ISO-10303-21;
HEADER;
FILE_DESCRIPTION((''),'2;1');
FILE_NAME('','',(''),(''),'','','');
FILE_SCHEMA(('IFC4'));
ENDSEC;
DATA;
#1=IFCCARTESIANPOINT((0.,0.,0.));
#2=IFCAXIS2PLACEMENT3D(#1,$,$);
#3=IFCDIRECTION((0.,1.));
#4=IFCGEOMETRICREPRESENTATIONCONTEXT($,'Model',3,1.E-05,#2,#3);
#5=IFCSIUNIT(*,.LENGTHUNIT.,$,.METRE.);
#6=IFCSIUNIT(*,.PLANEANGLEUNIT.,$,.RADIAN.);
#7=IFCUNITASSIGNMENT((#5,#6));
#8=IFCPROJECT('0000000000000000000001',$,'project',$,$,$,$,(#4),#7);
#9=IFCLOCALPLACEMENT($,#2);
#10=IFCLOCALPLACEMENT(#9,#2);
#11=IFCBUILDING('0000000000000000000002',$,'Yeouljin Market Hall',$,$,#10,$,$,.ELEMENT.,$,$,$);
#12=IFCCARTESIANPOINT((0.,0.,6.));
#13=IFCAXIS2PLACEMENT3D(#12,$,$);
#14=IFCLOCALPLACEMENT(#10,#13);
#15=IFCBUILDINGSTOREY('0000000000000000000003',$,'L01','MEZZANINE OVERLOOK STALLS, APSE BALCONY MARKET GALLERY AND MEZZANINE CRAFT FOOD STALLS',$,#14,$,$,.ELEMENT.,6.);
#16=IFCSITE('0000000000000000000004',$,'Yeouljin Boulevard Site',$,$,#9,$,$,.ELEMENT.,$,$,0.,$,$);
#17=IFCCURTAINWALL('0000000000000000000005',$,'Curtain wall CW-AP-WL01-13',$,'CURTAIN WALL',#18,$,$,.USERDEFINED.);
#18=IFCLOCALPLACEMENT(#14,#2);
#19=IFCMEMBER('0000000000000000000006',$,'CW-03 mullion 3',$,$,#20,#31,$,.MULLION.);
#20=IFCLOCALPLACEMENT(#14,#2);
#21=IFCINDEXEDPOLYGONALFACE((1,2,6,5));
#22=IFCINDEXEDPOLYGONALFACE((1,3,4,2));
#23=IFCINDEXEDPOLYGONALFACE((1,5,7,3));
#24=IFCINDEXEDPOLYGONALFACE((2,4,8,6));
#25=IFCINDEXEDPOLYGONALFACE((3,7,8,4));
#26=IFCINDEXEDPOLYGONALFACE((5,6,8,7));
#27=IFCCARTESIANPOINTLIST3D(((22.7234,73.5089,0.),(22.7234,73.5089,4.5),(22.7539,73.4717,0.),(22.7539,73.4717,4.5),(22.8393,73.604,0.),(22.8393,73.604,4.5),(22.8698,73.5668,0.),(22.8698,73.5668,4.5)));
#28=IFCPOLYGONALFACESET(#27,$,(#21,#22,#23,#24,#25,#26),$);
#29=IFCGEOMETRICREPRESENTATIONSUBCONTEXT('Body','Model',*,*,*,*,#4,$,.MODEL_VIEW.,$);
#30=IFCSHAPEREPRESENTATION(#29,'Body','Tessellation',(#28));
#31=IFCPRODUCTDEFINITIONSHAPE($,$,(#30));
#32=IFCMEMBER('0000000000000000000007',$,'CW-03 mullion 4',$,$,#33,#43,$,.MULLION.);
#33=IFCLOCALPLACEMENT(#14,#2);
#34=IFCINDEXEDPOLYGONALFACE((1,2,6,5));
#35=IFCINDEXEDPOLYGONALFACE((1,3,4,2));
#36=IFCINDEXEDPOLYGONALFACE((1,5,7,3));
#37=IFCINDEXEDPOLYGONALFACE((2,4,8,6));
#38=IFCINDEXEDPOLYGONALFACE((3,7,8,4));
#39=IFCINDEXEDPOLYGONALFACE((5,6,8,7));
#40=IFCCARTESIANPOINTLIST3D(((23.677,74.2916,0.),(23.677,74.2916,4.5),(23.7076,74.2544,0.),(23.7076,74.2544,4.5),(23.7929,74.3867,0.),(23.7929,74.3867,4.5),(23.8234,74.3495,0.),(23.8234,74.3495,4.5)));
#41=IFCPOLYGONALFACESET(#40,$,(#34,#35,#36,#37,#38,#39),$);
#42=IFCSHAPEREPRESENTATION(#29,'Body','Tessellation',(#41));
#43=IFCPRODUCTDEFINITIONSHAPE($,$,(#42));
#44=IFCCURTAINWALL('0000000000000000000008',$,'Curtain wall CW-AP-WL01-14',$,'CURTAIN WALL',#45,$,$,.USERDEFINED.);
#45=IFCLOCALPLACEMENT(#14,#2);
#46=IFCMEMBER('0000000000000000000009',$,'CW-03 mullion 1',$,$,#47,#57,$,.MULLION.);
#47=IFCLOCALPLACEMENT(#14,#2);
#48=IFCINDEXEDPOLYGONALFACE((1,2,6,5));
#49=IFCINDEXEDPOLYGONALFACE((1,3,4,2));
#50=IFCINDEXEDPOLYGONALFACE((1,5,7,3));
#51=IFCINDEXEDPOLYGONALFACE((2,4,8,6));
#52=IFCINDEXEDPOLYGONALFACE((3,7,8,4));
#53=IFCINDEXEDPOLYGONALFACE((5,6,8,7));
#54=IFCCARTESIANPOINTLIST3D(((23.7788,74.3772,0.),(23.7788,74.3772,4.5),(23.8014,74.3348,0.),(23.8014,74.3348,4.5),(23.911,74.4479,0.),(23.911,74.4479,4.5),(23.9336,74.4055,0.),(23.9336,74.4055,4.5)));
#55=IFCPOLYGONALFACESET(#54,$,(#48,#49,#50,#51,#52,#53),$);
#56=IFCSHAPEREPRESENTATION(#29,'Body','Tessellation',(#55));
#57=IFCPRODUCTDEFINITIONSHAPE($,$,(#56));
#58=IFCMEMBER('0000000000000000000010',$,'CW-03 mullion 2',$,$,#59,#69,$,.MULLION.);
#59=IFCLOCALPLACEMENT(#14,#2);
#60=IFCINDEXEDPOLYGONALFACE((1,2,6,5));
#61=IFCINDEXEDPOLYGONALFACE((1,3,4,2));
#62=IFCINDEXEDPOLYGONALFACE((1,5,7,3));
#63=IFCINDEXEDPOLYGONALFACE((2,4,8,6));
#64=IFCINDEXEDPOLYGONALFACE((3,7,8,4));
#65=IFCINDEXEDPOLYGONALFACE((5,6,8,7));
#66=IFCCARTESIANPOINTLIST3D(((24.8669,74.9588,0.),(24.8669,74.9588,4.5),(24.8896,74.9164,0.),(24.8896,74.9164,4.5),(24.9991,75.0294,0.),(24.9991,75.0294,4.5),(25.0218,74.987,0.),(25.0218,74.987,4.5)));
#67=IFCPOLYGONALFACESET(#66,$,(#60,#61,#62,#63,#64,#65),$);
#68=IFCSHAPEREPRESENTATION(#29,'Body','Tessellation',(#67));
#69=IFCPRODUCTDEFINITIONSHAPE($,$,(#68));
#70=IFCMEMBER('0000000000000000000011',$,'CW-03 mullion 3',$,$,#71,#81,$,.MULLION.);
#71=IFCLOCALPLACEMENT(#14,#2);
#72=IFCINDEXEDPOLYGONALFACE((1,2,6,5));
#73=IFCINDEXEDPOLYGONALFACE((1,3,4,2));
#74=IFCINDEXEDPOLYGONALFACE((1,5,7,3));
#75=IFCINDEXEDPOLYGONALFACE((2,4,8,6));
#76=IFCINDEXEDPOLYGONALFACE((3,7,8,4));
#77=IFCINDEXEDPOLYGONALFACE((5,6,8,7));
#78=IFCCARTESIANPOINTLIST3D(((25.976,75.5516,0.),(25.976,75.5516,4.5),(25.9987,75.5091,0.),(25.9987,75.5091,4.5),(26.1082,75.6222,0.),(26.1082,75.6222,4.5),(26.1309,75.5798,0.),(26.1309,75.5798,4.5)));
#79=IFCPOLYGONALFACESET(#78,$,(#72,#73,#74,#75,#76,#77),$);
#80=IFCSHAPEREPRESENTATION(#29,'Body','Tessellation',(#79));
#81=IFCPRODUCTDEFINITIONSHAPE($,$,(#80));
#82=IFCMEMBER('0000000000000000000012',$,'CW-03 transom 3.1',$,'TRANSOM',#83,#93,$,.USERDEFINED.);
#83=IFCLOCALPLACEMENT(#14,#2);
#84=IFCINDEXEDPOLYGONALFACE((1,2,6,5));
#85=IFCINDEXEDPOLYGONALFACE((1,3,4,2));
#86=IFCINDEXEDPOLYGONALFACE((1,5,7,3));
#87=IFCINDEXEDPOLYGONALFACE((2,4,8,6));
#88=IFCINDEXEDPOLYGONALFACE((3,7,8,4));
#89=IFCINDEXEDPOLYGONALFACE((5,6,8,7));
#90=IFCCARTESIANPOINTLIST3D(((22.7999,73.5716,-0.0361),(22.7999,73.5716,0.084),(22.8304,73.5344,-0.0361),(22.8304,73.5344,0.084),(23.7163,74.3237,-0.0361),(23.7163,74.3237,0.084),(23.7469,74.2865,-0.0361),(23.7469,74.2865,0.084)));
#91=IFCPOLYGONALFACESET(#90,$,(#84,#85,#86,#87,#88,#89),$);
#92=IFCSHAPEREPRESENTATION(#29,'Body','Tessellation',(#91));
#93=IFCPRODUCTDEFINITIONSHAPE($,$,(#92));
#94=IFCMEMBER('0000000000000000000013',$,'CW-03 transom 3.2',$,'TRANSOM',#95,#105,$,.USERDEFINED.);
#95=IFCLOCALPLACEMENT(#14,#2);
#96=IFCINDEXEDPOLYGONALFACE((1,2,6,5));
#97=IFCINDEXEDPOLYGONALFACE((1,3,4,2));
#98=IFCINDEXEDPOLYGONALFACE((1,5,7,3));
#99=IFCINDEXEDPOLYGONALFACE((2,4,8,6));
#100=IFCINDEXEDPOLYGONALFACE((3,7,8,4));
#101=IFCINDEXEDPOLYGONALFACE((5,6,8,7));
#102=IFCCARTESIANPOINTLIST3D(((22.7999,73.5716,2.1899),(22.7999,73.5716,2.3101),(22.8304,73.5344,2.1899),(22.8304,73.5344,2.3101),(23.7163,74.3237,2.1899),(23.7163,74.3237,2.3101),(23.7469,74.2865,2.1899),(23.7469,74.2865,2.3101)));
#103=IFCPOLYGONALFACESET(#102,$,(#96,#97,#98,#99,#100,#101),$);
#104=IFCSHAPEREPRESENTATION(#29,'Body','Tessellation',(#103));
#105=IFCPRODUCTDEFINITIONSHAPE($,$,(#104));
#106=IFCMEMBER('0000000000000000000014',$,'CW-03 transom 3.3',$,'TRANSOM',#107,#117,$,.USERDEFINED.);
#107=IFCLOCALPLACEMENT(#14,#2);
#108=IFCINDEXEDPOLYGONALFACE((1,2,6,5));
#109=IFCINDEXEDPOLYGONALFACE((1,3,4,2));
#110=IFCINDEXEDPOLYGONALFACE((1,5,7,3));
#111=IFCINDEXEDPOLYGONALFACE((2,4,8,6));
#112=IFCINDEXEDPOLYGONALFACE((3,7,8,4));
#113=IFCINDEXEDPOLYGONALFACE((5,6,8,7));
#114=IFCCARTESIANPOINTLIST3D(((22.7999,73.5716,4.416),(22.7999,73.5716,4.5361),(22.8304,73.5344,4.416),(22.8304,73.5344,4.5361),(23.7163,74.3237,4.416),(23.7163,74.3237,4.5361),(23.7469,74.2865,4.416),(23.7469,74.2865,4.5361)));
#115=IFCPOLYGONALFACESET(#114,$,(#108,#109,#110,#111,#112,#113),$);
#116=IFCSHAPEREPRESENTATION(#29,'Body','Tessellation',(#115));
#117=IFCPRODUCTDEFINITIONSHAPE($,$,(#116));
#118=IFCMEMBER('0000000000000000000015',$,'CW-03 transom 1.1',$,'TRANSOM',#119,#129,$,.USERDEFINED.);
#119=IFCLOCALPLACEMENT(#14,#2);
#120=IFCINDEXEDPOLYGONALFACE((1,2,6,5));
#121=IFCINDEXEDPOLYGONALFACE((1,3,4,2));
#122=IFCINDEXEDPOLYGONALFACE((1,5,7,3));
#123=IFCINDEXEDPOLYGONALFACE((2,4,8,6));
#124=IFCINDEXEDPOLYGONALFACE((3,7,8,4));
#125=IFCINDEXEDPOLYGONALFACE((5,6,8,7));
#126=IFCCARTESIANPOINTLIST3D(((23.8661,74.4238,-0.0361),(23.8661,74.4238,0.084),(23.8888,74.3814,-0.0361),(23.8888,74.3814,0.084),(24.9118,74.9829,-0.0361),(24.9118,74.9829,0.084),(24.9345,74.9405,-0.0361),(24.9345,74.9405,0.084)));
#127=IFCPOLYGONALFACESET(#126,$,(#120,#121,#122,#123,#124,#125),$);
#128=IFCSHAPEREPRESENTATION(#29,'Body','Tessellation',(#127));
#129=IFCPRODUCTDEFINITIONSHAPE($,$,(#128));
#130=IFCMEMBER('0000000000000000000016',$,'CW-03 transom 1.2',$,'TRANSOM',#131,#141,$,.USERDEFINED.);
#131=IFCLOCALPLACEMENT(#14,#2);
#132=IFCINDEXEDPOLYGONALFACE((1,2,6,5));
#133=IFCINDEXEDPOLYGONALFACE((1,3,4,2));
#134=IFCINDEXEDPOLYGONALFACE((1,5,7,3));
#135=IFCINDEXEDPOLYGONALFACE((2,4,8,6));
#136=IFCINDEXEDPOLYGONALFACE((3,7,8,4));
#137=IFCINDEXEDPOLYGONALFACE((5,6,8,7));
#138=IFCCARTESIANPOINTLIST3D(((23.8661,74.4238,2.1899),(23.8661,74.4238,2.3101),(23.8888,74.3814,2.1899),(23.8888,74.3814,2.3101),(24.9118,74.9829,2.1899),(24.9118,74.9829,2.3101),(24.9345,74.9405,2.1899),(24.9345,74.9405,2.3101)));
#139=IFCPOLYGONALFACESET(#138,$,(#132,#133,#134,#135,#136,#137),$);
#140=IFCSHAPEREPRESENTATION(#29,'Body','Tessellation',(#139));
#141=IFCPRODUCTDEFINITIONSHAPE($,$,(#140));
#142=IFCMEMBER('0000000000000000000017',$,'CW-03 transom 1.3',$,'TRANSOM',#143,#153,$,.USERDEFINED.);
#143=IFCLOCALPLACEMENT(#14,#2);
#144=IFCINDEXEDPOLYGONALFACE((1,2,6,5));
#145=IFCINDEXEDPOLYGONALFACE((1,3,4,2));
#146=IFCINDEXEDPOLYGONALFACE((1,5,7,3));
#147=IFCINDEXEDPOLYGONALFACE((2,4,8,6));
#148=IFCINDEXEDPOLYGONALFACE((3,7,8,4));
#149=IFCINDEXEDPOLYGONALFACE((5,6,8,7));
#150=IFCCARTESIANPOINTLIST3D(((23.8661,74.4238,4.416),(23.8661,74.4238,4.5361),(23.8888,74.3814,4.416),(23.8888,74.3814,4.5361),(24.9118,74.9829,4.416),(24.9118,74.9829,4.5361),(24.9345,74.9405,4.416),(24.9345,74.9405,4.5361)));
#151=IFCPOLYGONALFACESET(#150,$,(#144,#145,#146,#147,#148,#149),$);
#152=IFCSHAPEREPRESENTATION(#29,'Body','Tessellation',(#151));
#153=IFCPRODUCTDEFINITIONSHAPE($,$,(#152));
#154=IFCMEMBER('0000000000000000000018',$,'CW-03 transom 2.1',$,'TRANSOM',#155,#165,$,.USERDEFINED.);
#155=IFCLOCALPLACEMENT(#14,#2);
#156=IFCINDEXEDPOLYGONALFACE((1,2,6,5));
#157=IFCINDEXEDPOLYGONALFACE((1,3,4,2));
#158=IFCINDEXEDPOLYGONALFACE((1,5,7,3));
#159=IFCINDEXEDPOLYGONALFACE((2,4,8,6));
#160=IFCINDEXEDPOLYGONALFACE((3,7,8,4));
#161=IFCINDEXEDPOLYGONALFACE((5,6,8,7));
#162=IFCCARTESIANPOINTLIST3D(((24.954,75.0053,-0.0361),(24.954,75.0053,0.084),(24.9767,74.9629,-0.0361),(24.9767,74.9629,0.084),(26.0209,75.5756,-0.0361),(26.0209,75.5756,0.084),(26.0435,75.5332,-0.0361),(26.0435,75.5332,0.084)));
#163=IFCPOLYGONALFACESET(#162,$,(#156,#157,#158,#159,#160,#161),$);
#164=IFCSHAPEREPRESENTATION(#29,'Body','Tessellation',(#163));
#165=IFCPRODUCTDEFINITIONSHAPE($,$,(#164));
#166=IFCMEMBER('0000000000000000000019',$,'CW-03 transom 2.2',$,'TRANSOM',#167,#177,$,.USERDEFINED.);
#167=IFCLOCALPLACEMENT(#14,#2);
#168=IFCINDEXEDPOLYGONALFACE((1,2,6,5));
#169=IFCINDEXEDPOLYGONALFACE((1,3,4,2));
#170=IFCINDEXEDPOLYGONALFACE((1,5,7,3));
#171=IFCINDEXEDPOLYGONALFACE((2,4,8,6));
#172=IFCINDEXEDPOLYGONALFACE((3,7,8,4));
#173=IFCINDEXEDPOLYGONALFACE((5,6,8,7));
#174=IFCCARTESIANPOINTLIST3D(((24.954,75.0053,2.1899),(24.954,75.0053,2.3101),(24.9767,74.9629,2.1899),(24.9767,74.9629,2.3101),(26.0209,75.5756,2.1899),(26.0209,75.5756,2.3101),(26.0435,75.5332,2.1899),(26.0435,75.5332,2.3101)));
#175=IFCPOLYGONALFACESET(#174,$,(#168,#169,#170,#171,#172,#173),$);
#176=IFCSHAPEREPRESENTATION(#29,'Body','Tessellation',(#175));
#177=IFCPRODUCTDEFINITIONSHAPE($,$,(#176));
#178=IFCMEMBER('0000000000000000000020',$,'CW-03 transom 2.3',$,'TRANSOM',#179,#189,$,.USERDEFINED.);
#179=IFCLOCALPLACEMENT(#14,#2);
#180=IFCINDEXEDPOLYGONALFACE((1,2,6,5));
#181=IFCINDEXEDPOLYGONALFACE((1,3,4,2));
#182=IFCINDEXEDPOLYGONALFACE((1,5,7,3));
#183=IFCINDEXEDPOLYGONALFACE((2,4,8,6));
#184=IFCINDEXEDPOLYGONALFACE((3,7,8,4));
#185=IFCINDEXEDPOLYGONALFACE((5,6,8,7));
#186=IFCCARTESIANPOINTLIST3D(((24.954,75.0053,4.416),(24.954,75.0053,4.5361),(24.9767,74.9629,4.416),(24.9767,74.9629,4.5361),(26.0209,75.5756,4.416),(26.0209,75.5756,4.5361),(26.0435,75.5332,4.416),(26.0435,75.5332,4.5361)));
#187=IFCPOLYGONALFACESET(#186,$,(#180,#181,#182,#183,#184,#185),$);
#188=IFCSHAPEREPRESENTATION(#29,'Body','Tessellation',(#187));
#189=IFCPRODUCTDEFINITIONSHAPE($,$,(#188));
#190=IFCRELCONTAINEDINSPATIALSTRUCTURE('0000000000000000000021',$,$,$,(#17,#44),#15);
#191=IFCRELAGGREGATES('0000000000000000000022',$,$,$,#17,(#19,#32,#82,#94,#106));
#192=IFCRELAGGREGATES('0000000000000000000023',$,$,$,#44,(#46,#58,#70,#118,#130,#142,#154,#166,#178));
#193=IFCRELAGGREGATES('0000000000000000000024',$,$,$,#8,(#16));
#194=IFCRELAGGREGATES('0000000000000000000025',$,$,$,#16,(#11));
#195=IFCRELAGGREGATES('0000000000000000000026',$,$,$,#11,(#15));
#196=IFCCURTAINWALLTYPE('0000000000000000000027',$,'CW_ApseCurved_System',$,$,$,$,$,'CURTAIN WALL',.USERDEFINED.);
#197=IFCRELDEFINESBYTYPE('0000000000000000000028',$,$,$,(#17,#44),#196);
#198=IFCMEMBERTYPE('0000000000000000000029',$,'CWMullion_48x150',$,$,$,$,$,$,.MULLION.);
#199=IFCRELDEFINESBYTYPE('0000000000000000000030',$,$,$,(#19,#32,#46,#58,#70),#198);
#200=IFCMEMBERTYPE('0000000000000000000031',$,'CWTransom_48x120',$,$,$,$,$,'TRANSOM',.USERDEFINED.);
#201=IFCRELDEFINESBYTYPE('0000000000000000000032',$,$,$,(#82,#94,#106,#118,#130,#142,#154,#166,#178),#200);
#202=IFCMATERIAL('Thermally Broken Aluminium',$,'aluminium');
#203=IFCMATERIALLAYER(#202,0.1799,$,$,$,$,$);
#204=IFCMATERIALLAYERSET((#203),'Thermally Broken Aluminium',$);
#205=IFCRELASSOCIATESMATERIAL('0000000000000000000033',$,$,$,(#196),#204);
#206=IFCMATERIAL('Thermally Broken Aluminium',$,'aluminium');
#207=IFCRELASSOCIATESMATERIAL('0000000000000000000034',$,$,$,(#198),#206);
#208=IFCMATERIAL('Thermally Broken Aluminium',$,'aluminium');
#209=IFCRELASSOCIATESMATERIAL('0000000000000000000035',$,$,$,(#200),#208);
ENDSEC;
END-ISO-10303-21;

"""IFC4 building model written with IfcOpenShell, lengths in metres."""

from ifc_helpers import new_model, si_unit, direction, frame, origin, origin_2d, place, context, subcontext, project, spatial, rectangle, extrude, material, layer, layer_set, material_profile, profile_set, type_object, element, aggregate, save


model = new_model("IFC4")

# Units and contexts
model_context = context("Model", 3, precision=1e-05, world=origin(), true_north=direction((0.0, 1.0)))
body_context = subcontext(model_context, "Body", "Model", "MODEL_VIEW")
ifc_project = project(units=[si_unit("LENGTHUNIT", "METRE"), si_unit("PLANEANGLEUNIT", "RADIAN")], contexts=[model_context])

# Site, building, storey
site_placement = place(None, origin())
site = spatial("IfcSite", under=ifc_project, at=site_placement, Name="Yeouljin Boulevard Site", CompositionType="ELEMENT", RefElevation=0.0)
building_placement = place(site_placement, origin())
building = spatial("IfcBuilding", under=site, at=building_placement, Name="Yeouljin Market Hall", CompositionType="ELEMENT")
storey_placement = place(building_placement, frame((0.0, 0.0, 6.0)))
storey = spatial("IfcBuildingStorey", under=building, at=storey_placement, Name="L01", Description="MEZZANINE OVERLOOK STALLS, APSE BALCONY MARKET GALLERY AND MEZZANINE CRAFT FOOD STALLS", CompositionType="ELEMENT", Elevation=6.0)

# Curtain walls, members
ifc_material_1 = material(Name="Thermally Broken Aluminium", Category="aluminium")
ifc_layer_1 = layer(ifc_material_1, 0.1799)
ifc_layer_set_1 = layer_set([ifc_layer_1], Name="Thermally Broken Aluminium")
curtain_wall_type = type_object("IfcCurtainWallType", Name="CW_ApseCurved_System", ElementType="CURTAIN WALL", PredefinedType="USERDEFINED", material=ifc_layer_set_1)
curtain_wall_1_placement = place(storey_placement, origin())
curtain_wall_1 = element("IfcCurtainWall", 1, at=curtain_wall_1_placement, inside=storey, type_object=curtain_wall_type, Name="Curtain wall CW-AP-WL01-13", ObjectType="CURTAIN WALL", PredefinedType="USERDEFINED")
ifc_material_2 = material(Name="Thermally Broken Aluminium", Category="aluminium")
ifc_material_profile_1 = material_profile(ifc_material_2, rectangle(XDim=0.0481, YDim=0.1499, at=origin_2d()), Name="CW-MULL-48x150")
ifc_profile_set_1 = profile_set([ifc_material_profile_1], Name="Thermally Broken Aluminium")
member_type_1 = type_object("IfcMemberType", Name="CWMullion_48x150", PredefinedType="MULLION", material=ifc_profile_set_1)
member_1_placement = place(storey_placement, frame((22.7966, 73.5378, 0.0), z_axis=(0.0, 0.0, 1.0), x_axis=(-0.634384, 0.773018, 0.0)))
member_1 = element("IfcMember", 2, at=member_1_placement, type_object=member_type_1, Name="CW-03 mullion 3", PredefinedType="MULLION", context=body_context, shape_type="SweptSolid", body=[
    extrude(rectangle(XDim=0.0481, YDim=0.1499, at=origin_2d()), origin(), (0.0, 0.0, 1.0), 4.5),
])
member_2_placement = place(storey_placement, frame((23.7502, 74.3206, 0.0), z_axis=(0.0, 0.0, 1.0), x_axis=(-0.634384, 0.773018, 0.0)))
member_2 = element("IfcMember", 3, at=member_2_placement, type_object=member_type_1, Name="CW-03 mullion 4", PredefinedType="MULLION", context=body_context, shape_type="SweptSolid", body=[
    extrude(rectangle(XDim=0.0481, YDim=0.1499, at=origin_2d()), origin(), (0.0, 0.0, 1.0), 4.5),
])
curtain_wall_2_placement = place(storey_placement, origin())
curtain_wall_2 = element("IfcCurtainWall", 4, at=curtain_wall_2_placement, inside=storey, type_object=curtain_wall_type, Name="Curtain wall CW-AP-WL01-14", ObjectType="CURTAIN WALL", PredefinedType="USERDEFINED")
member_3_placement = place(storey_placement, frame((23.8562, 74.3914, 0.0), z_axis=(0.0, 0.0, 1.0), x_axis=(-0.471378, 0.881931, 0.0)))
member_3 = element("IfcMember", 5, at=member_3_placement, type_object=member_type_1, Name="CW-03 mullion 1", PredefinedType="MULLION", context=body_context, shape_type="SweptSolid", body=[
    extrude(rectangle(XDim=0.0481, YDim=0.1499, at=origin_2d()), origin(), (0.0, 0.0, 1.0), 4.5),
])
member_4_placement = place(storey_placement, frame((24.9443, 74.9729, 0.0), z_axis=(0.0, 0.0, 1.0), x_axis=(-0.471378, 0.881931, 0.0)))
member_4 = element("IfcMember", 6, at=member_4_placement, type_object=member_type_1, Name="CW-03 mullion 2", PredefinedType="MULLION", context=body_context, shape_type="SweptSolid", body=[
    extrude(rectangle(XDim=0.0481, YDim=0.1499, at=origin_2d()), origin(), (0.0, 0.0, 1.0), 4.5),
])
member_5_placement = place(storey_placement, frame((26.0535, 75.5657, 0.0), z_axis=(0.0, 0.0, 1.0), x_axis=(-0.471378, 0.881931, 0.0)))
member_5 = element("IfcMember", 7, at=member_5_placement, type_object=member_type_1, Name="CW-03 mullion 3", PredefinedType="MULLION", context=body_context, shape_type="SweptSolid", body=[
    extrude(rectangle(XDim=0.0481, YDim=0.1499, at=origin_2d()), origin(), (0.0, 0.0, 1.0), 4.5),
])

# Members
ifc_material_3 = material(Name="Thermally Broken Aluminium", Category="aluminium")
ifc_material_profile_2 = material_profile(ifc_material_3, rectangle(XDim=0.0481, YDim=0.1201, at=origin_2d()), Name="CW-TRAN-48x120")
ifc_profile_set_2 = profile_set([ifc_material_profile_2], Name="Thermally Broken Aluminium")
member_type_2 = type_object("IfcMemberType", Name="CWTransom_48x120", ElementType="TRANSOM", PredefinedType="USERDEFINED", material=ifc_profile_set_2)
member_6_placement = place(storey_placement, frame((22.8152, 73.553, 0.0239), z_axis=(0.772993, 0.634414, 0.0), x_axis=(-0.634414, 0.772993, 0.0)))
member_6 = element("IfcMember", 8, at=member_6_placement, type_object=member_type_2, Name="CW-03 transom 3.1", ObjectType="TRANSOM", PredefinedType="USERDEFINED", context=body_context, shape_type="SweptSolid", body=[
    extrude(rectangle(XDim=0.0481, YDim=0.1201, at=origin_2d()), origin(), (0.0, 0.0, 1.0), 1.1855),
])
member_7_placement = place(storey_placement, frame((22.8152, 73.553, 2.25), z_axis=(0.772993, 0.634414, 0.0), x_axis=(-0.634414, 0.772993, 0.0)))
member_7 = element("IfcMember", 9, at=member_7_placement, type_object=member_type_2, Name="CW-03 transom 3.2", ObjectType="TRANSOM", PredefinedType="USERDEFINED", context=body_context, shape_type="SweptSolid", body=[
    extrude(rectangle(XDim=0.0481, YDim=0.1201, at=origin_2d()), origin(), (0.0, 0.0, 1.0), 1.1855),
])
member_8_placement = place(storey_placement, frame((22.8152, 73.553, 4.4761), z_axis=(0.772993, 0.634414, 0.0), x_axis=(-0.634414, 0.772993, 0.0)))
member_8 = element("IfcMember", 10, at=member_8_placement, type_object=member_type_2, Name="CW-03 transom 3.3", ObjectType="TRANSOM", PredefinedType="USERDEFINED", context=body_context, shape_type="SweptSolid", body=[
    extrude(rectangle(XDim=0.0481, YDim=0.1201, at=origin_2d()), origin(), (0.0, 0.0, 1.0), 1.1855),
])
member_9_placement = place(storey_placement, frame((23.8774, 74.4026, 0.0239), z_axis=(0.881862, 0.471507, 0.0), x_axis=(-0.471507, 0.881862, 0.0)))
member_9 = element("IfcMember", 11, at=member_9_placement, type_object=member_type_2, Name="CW-03 transom 1.1", ObjectType="TRANSOM", PredefinedType="USERDEFINED", context=body_context, shape_type="SweptSolid", body=[
    extrude(rectangle(XDim=0.0481, YDim=0.1201, at=origin_2d()), origin(), (0.0, 0.0, 1.0), 1.1858),
])
member_10_placement = place(storey_placement, frame((23.8774, 74.4026, 2.25), z_axis=(0.881862, 0.471507, 0.0), x_axis=(-0.471507, 0.881862, 0.0)))
member_10 = element("IfcMember", 12, at=member_10_placement, type_object=member_type_2, Name="CW-03 transom 1.2", ObjectType="TRANSOM", PredefinedType="USERDEFINED", context=body_context, shape_type="SweptSolid", body=[
    extrude(rectangle(XDim=0.0481, YDim=0.1201, at=origin_2d()), origin(), (0.0, 0.0, 1.0), 1.1858),
])
member_11_placement = place(storey_placement, frame((23.8774, 74.4026, 4.4761), z_axis=(0.881862, 0.471507, 0.0), x_axis=(-0.471507, 0.881862, 0.0)))
member_11 = element("IfcMember", 13, at=member_11_placement, type_object=member_type_2, Name="CW-03 transom 1.3", ObjectType="TRANSOM", PredefinedType="USERDEFINED", context=body_context, shape_type="SweptSolid", body=[
    extrude(rectangle(XDim=0.0481, YDim=0.1201, at=origin_2d()), origin(), (0.0, 0.0, 1.0), 1.1858),
])
member_12_placement = place(storey_placement, frame((24.9653, 74.9841, 0.0239), z_axis=(0.881906, 0.471426, 0.0), x_axis=(-0.471426, 0.881906, 0.0)))
member_12 = element("IfcMember", 14, at=member_12_placement, type_object=member_type_2, Name="CW-03 transom 2.1", ObjectType="TRANSOM", PredefinedType="USERDEFINED", context=body_context, shape_type="SweptSolid", body=[
    extrude(rectangle(XDim=0.0481, YDim=0.1201, at=origin_2d()), origin(), (0.0, 0.0, 1.0), 1.2097),
])
member_13_placement = place(storey_placement, frame((24.9653, 74.9841, 2.25), z_axis=(0.881906, 0.471426, 0.0), x_axis=(-0.471426, 0.881906, 0.0)))
member_13 = element("IfcMember", 15, at=member_13_placement, type_object=member_type_2, Name="CW-03 transom 2.2", ObjectType="TRANSOM", PredefinedType="USERDEFINED", context=body_context, shape_type="SweptSolid", body=[
    extrude(rectangle(XDim=0.0481, YDim=0.1201, at=origin_2d()), origin(), (0.0, 0.0, 1.0), 1.2097),
])
member_14_placement = place(storey_placement, frame((24.9653, 74.9841, 4.4761), z_axis=(0.881906, 0.471426, 0.0), x_axis=(-0.471426, 0.881906, 0.0)))
member_14 = element("IfcMember", 16, at=member_14_placement, type_object=member_type_2, Name="CW-03 transom 2.3", ObjectType="TRANSOM", PredefinedType="USERDEFINED", context=body_context, shape_type="SweptSolid", body=[
    extrude(rectangle(XDim=0.0481, YDim=0.1201, at=origin_2d()), origin(), (0.0, 0.0, 1.0), 1.2097),
])

aggregate(curtain_wall_1, [member_1, member_2, member_6, member_7, member_8])
aggregate(curtain_wall_2, [member_3, member_4, member_5, member_9, member_10, member_11, member_12, member_13, member_14])

save(model, "model.ifc")
